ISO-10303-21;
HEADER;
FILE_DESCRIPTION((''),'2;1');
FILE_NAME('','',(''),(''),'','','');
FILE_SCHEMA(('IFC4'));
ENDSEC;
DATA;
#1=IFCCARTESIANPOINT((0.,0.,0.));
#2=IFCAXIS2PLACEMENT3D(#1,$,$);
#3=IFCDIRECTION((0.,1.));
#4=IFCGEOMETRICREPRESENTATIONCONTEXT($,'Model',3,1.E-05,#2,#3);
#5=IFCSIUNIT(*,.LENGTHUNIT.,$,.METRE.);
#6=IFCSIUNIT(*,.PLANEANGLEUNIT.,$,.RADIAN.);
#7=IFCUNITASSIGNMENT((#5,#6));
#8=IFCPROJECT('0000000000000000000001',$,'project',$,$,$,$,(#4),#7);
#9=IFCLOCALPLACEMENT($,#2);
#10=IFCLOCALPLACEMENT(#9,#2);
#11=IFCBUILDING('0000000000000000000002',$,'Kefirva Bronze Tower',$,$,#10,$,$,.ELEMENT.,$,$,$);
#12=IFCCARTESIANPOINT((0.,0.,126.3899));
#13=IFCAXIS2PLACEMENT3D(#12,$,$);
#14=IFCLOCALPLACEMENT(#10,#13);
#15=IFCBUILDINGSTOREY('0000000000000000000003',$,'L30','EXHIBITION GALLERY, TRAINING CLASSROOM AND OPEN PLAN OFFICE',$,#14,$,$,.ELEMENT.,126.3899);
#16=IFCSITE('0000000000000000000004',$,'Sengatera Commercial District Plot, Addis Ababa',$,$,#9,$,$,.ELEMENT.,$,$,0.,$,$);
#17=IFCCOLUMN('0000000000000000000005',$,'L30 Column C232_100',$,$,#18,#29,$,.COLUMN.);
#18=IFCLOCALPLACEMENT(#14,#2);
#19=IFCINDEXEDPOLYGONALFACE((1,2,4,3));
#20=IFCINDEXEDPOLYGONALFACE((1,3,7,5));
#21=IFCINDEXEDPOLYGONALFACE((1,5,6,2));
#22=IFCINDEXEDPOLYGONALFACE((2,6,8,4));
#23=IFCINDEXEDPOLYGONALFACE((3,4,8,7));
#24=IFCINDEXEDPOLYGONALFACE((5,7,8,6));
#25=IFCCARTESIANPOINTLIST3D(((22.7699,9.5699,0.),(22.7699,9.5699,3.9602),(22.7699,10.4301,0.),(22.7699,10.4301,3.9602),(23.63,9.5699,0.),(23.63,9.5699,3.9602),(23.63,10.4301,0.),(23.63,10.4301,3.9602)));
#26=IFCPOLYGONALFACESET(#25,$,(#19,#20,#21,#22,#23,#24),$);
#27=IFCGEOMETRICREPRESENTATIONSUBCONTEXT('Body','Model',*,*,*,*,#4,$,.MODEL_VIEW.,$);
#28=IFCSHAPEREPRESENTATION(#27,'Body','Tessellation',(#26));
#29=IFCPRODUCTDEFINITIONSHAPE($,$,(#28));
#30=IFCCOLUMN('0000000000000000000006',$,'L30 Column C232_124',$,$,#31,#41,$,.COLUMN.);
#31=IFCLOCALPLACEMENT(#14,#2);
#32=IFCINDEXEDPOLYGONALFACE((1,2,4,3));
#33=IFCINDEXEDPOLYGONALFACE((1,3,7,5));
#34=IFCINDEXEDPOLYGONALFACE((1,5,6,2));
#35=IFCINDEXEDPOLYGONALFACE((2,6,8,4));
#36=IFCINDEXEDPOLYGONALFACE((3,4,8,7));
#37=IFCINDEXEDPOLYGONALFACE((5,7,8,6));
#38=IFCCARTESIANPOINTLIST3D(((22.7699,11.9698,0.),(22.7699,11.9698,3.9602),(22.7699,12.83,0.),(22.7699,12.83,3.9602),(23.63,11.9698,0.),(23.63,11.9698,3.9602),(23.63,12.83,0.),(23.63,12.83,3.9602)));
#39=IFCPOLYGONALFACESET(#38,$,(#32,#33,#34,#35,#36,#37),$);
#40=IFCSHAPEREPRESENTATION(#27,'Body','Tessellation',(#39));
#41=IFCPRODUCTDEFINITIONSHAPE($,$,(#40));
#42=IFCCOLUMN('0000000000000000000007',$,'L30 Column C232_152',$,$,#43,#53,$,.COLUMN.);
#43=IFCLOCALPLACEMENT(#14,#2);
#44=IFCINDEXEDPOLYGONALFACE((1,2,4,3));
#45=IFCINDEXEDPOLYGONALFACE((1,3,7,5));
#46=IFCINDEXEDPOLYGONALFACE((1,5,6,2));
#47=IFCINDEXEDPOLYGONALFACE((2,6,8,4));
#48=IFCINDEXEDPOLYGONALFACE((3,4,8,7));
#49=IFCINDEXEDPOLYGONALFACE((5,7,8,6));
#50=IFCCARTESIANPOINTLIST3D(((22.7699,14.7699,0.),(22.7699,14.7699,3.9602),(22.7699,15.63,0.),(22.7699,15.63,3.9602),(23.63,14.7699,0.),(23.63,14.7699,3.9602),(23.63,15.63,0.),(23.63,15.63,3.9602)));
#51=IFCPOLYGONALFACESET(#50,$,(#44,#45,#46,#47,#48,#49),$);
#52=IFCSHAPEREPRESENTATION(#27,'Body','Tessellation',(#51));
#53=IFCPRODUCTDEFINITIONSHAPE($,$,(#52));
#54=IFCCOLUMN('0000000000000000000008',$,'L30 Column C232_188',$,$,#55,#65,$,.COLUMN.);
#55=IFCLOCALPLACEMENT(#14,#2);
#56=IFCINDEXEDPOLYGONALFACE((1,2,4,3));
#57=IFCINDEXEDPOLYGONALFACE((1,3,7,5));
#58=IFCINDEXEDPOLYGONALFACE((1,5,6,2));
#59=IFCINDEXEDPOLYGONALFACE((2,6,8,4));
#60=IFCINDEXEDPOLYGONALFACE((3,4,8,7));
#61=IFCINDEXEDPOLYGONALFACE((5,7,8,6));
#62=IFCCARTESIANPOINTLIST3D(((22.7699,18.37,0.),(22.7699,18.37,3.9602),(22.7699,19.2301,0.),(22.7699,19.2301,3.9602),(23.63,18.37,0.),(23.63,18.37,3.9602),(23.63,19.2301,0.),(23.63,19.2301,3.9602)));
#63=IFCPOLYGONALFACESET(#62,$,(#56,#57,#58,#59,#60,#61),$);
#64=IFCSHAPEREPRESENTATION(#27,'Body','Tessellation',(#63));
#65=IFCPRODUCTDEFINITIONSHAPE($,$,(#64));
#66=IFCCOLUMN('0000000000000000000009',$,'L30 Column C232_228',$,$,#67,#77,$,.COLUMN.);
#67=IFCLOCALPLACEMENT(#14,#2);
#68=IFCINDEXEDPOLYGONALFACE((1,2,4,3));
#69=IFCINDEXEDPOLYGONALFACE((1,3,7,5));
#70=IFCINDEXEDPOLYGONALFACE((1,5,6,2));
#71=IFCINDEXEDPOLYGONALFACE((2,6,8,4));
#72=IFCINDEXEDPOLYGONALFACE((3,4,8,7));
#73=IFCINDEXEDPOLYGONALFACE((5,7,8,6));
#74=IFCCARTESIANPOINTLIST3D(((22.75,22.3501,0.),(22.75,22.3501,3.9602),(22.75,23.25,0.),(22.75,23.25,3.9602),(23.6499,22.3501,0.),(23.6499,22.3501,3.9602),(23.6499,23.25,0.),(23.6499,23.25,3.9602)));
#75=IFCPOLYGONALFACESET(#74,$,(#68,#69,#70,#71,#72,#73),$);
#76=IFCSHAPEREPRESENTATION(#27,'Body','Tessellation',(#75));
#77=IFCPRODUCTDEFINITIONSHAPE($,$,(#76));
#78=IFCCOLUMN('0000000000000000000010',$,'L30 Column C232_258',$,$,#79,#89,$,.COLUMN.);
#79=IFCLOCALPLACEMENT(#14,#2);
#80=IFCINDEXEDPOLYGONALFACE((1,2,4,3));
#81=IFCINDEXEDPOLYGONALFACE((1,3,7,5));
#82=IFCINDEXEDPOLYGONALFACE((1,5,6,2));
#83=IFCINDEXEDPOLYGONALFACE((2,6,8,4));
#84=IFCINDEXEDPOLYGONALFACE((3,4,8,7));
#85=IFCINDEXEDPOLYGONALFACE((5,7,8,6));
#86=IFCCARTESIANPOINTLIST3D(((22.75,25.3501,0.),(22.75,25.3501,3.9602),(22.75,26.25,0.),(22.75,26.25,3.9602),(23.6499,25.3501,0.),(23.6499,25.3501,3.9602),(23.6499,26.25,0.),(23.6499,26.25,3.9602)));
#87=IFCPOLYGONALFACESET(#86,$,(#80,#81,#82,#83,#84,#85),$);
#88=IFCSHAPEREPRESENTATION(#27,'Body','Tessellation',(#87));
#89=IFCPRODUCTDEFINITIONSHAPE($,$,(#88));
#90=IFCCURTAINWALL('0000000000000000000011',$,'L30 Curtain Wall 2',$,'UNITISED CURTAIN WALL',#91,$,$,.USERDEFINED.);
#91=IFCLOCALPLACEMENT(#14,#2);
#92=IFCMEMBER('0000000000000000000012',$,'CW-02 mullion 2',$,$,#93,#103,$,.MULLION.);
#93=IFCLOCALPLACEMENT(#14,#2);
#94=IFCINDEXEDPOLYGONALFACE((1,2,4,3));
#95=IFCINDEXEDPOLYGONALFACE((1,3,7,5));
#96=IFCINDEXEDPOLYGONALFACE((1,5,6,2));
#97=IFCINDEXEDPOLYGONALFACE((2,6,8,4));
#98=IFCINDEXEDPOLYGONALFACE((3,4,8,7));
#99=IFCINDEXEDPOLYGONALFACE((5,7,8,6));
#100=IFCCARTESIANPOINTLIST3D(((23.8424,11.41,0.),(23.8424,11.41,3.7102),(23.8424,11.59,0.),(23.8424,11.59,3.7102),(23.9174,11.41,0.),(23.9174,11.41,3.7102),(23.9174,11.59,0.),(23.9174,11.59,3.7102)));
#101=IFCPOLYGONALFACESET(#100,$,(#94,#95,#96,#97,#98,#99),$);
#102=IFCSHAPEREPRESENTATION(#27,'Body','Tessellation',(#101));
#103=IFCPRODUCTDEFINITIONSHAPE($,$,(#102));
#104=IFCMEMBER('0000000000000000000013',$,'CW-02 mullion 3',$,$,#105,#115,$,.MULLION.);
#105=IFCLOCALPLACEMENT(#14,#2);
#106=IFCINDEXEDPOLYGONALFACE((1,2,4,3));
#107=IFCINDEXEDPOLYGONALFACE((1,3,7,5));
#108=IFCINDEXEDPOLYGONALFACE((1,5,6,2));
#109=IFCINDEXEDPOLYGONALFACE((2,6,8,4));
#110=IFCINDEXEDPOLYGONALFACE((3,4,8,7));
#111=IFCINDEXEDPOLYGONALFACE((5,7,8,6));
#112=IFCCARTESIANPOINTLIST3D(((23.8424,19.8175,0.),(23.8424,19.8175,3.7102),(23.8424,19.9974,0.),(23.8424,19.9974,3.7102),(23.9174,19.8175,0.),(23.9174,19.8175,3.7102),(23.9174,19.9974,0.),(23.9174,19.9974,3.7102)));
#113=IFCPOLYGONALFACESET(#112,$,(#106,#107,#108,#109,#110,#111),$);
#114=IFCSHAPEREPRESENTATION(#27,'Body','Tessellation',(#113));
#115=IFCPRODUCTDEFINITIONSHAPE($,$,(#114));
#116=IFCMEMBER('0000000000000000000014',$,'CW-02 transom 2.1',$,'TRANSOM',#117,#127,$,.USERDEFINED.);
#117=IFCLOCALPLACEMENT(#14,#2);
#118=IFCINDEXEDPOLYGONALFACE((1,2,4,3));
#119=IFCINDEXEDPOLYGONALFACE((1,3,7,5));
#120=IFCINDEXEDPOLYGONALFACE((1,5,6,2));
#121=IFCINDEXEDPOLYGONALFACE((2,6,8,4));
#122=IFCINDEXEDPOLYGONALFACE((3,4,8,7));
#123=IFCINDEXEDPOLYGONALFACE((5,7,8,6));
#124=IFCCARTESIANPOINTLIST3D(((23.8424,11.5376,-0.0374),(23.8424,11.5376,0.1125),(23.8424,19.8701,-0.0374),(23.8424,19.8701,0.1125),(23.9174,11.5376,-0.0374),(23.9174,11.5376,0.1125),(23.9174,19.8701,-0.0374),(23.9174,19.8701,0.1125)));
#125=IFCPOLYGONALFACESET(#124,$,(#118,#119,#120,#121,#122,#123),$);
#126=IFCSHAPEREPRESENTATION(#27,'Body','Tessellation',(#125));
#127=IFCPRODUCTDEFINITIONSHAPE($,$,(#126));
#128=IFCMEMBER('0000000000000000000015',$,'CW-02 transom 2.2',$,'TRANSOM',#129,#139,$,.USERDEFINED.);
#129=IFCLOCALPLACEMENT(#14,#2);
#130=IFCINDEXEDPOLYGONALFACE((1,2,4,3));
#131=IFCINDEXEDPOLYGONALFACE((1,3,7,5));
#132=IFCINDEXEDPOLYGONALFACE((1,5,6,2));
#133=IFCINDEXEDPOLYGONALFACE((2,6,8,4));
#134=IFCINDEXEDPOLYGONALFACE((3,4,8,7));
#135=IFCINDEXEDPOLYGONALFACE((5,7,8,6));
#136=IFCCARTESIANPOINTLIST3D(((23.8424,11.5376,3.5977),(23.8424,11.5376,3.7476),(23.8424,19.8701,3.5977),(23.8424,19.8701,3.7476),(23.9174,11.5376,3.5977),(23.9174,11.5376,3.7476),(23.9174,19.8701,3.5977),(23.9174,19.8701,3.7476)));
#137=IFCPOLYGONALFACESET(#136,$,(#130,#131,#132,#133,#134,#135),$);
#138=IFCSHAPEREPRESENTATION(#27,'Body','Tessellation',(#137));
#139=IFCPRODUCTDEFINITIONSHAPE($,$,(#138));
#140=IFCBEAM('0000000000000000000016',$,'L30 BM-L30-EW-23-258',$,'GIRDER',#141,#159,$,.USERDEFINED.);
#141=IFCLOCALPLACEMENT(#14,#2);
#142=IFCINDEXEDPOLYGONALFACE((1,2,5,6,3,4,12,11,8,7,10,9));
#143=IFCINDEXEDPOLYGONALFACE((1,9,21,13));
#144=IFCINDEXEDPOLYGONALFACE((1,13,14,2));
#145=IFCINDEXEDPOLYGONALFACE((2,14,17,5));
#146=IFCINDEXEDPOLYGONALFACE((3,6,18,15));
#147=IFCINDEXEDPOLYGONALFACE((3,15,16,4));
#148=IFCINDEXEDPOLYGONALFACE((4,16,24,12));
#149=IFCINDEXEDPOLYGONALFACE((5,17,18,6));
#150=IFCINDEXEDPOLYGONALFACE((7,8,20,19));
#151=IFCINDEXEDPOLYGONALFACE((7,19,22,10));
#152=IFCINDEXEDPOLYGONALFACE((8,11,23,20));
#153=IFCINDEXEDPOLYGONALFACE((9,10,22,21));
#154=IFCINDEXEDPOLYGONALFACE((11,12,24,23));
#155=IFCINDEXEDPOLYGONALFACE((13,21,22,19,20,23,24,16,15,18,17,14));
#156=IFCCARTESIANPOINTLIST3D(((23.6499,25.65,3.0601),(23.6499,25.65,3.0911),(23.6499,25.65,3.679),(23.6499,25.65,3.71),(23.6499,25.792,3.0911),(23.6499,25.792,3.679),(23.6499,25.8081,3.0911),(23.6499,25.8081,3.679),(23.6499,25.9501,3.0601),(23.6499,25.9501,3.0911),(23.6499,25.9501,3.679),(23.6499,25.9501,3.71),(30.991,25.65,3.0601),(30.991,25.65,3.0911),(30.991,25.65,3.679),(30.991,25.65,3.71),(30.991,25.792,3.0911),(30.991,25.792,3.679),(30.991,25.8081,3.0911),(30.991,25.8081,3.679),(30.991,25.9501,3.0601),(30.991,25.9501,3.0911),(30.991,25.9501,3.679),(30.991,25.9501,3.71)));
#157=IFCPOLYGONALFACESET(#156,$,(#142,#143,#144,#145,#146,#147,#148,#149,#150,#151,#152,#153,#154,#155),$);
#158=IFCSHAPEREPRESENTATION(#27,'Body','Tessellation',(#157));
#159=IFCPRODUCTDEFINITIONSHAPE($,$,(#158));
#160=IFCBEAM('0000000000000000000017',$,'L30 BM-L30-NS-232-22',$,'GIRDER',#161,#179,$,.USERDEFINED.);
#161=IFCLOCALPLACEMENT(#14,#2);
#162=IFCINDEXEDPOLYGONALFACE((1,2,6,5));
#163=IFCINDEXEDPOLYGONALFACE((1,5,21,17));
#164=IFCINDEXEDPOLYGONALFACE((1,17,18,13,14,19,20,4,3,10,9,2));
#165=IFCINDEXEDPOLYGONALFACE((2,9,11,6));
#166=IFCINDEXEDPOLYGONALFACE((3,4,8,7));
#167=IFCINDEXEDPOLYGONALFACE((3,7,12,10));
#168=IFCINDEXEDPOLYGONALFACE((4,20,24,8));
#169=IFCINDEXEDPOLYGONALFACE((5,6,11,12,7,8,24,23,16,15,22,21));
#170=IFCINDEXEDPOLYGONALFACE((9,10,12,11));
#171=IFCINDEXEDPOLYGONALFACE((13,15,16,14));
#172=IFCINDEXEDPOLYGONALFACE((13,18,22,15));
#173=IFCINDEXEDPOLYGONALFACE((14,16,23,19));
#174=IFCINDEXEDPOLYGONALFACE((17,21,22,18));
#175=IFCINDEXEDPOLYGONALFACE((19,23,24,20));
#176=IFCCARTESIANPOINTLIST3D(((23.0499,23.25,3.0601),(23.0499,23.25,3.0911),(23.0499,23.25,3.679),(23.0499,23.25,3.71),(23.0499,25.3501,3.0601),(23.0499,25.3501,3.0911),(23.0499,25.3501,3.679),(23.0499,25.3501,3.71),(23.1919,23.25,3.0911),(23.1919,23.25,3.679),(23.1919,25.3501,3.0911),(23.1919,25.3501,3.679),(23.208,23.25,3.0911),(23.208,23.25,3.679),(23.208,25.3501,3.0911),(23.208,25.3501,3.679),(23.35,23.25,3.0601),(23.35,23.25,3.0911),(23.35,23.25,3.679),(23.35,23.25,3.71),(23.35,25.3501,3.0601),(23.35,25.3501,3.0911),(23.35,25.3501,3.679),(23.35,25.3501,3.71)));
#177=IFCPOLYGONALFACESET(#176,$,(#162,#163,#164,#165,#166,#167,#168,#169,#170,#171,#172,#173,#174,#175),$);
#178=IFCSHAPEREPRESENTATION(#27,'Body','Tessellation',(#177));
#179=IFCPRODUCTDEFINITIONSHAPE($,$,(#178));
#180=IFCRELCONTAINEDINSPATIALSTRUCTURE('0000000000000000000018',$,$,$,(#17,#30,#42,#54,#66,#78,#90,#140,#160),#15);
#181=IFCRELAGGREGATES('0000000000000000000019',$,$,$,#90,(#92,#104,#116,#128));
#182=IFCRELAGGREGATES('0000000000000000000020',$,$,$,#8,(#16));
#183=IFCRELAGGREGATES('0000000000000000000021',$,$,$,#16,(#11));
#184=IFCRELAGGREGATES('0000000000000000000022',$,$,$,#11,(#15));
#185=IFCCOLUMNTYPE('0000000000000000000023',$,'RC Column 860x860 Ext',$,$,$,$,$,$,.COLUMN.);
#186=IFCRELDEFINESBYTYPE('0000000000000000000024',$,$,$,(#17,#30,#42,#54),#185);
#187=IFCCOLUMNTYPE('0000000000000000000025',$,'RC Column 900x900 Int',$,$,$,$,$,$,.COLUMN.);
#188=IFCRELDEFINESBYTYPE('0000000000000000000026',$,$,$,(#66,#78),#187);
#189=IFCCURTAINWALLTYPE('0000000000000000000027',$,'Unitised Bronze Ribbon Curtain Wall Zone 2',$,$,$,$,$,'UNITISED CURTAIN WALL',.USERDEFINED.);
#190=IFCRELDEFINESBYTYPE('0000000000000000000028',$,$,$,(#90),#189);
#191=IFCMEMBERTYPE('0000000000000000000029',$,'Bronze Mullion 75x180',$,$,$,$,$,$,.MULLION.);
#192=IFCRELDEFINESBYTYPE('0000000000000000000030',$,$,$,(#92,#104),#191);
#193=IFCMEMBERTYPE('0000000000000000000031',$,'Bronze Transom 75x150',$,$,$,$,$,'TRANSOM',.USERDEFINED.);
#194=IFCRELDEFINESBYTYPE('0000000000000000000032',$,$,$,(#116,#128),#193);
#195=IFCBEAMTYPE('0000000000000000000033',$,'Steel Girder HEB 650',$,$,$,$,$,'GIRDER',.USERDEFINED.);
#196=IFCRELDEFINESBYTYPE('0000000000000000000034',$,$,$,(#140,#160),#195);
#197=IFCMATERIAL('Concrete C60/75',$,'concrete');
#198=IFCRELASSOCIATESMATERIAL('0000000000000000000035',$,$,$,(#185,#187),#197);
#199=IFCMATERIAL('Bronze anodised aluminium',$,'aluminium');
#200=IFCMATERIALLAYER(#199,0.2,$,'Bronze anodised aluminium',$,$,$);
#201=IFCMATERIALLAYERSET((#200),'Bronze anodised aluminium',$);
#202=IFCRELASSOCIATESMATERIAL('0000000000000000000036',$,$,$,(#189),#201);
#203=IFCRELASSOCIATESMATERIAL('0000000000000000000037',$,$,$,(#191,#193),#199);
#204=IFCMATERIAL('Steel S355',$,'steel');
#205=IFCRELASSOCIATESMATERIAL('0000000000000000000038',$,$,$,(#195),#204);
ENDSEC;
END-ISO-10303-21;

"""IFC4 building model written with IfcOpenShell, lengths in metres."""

from ifc_helpers import new_model, si_unit, direction, frame, origin, origin_2d, place, context, subcontext, project, spatial, rectangle, i_section, extrude, material, layer, layer_set, material_profile, profile_set, type_object, element, aggregate, save


model = new_model("IFC4")

# Units and contexts
model_context = context("Model", 3, precision=1e-05, world=origin(), true_north=direction((0.0, 1.0)))
body_context = subcontext(model_context, "Body", "Model", "MODEL_VIEW")
ifc_project = project(units=[si_unit("LENGTHUNIT", "METRE"), si_unit("PLANEANGLEUNIT", "RADIAN")], contexts=[model_context])

# Site, building, storey
site_placement = place(None, origin())
site = spatial("IfcSite", under=ifc_project, at=site_placement, Name="Sengatera Commercial District Plot, Addis Ababa", CompositionType="ELEMENT", RefElevation=0.0)
building_placement = place(site_placement, origin())
building = spatial("IfcBuilding", under=site, at=building_placement, Name="Kefirva Bronze Tower", CompositionType="ELEMENT")
storey_placement = place(building_placement, frame((0.0, 0.0, 126.3899)))
storey = spatial("IfcBuildingStorey", under=building, at=storey_placement, Name="L30", Description="EXHIBITION GALLERY, TRAINING CLASSROOM AND OPEN PLAN OFFICE", CompositionType="ELEMENT", Elevation=126.3899)

# Columns
ifc_material_1 = material(Name="Concrete C60/75", Category="concrete")
ifc_material_profile_1 = material_profile(ifc_material_1, rectangle(XDim=0.8601, YDim=0.8601, at=origin_2d()), Name="RC 860x860")
ifc_profile_set_1 = profile_set([ifc_material_profile_1], Name="Concrete C60/75")
column_type_1 = type_object("IfcColumnType", Name="RC Column 860x860 Ext", PredefinedType="COLUMN", material=ifc_profile_set_1)
for number, where, z_axis, x_axis, name in (
    (1, (23.2, 10.0, 0.0), (0.0, 0.0, 1.0), (1.0, 0.0, 0.0), "L30 Column C232_100"),
    (2, (23.2, 12.3999, 0.0), (0.0, 0.0, 1.0), (1.0, 0.0, 0.0), "L30 Column C232_124"),
    (3, (23.2, 15.2, 0.0), (0.0, 0.0, 1.0), (1.0, 0.0, 0.0), "L30 Column C232_152"),
    (4, (23.2, 18.8, 0.0), (0.0, 0.0, 1.0), (1.0, 0.0, 0.0), "L30 Column C232_188"),
):
    element("IfcColumn", number, at=place(storey_placement, frame(where, z_axis=z_axis, x_axis=x_axis)), inside=storey, type_object=column_type_1, Name=name, PredefinedType="COLUMN", context=body_context, shape_type="SweptSolid", body=[
        extrude(rectangle(XDim=0.8601, YDim=0.8601, at=origin_2d()), origin(), (0.0, 0.0, 1.0), 3.9602),
    ])
ifc_material_profile_2 = material_profile(ifc_material_1, rectangle(XDim=0.8999, YDim=0.8999, at=origin_2d()), Name="RC 900x900")
ifc_profile_set_2 = profile_set([ifc_material_profile_2], Name="Concrete C60/75")
column_type_2 = type_object("IfcColumnType", Name="RC Column 900x900 Int", PredefinedType="COLUMN", material=ifc_profile_set_2)
for number, where, z_axis, x_axis, name in (
    (5, (23.2, 22.8, 0.0), (0.0, 0.0, 1.0), (1.0, 0.0, 0.0), "L30 Column C232_228"),
    (6, (23.2, 25.8, 0.0), (0.0, 0.0, 1.0), (1.0, 0.0, 0.0), "L30 Column C232_258"),
):
    element("IfcColumn", number, at=place(storey_placement, frame(where, z_axis=z_axis, x_axis=x_axis)), inside=storey, type_object=column_type_2, Name=name, PredefinedType="COLUMN", context=body_context, shape_type="SweptSolid", body=[
        extrude(rectangle(XDim=0.8999, YDim=0.8999, at=origin_2d()), origin(), (0.0, 0.0, 1.0), 3.9602),
    ])

# Curtain wall, members
ifc_material_2 = material(Name="Bronze anodised aluminium", Category="aluminium")
ifc_layer_1 = layer(ifc_material_2, 0.2, Name="Bronze anodised aluminium")
ifc_layer_set_1 = layer_set([ifc_layer_1], Name="Bronze anodised aluminium")
curtain_wall_type = type_object("IfcCurtainWallType", Name="Unitised Bronze Ribbon Curtain Wall Zone 2", ElementType="UNITISED CURTAIN WALL", PredefinedType="USERDEFINED", material=ifc_layer_set_1)
curtain_wall_placement = place(storey_placement, origin())
curtain_wall = element("IfcCurtainWall", 7, at=curtain_wall_placement, inside=storey, type_object=curtain_wall_type, Name="L30 Curtain Wall 2", ObjectType="UNITISED CURTAIN WALL", PredefinedType="USERDEFINED")
ifc_material_profile_3 = material_profile(ifc_material_2, rectangle(XDim=0.075, YDim=0.1799, at=origin_2d()), Name="ALU 75x180")
ifc_profile_set_3 = profile_set([ifc_material_profile_3], Name="Bronze anodised aluminium")
member_type_1 = type_object("IfcMemberType", Name="Bronze Mullion 75x180", PredefinedType="MULLION", material=ifc_profile_set_3)
member_1_placement = place(storey_placement, frame((23.8799, 11.5, 0.0), z_axis=(0.0, 0.0, 1.0), x_axis=(-1.0, 0.0, 0.0)))
member_1 = element("IfcMember", 8, at=member_1_placement, type_object=member_type_1, Name="CW-02 mullion 2", PredefinedType="MULLION", context=body_context, shape_type="SweptSolid", body=[
    extrude(rectangle(XDim=0.075, YDim=0.1799, at=origin_2d()), origin(), (0.0, 0.0, 1.0), 3.7102),
])
member_2_placement = place(storey_placement, frame((23.8799, 19.9075, 0.0), z_axis=(0.0, 0.0, 1.0), x_axis=(-1.0, 0.0, 0.0)))
member_2 = element("IfcMember", 9, at=member_2_placement, type_object=member_type_1, Name="CW-02 mullion 3", PredefinedType="MULLION", context=body_context, shape_type="SweptSolid", body=[
    extrude(rectangle(XDim=0.075, YDim=0.1799, at=origin_2d()), origin(), (0.0, 0.0, 1.0), 3.7102),
])
ifc_material_profile_4 = material_profile(ifc_material_2, rectangle(XDim=0.075, YDim=0.1499, at=origin_2d()), Name="ALU 75x150")
ifc_profile_set_4 = profile_set([ifc_material_profile_4], Name="Bronze anodised aluminium")
member_type_2 = type_object("IfcMemberType", Name="Bronze Transom 75x150", ElementType="TRANSOM", PredefinedType="USERDEFINED", material=ifc_profile_set_4)
member_3_placement = place(storey_placement, frame((23.8799, 11.5376, 0.0376), z_axis=(0.0, 1.0, 0.0), x_axis=(-1.0, 0.0, 0.0)))
member_3 = element("IfcMember", 10, at=member_3_placement, type_object=member_type_2, Name="CW-02 transom 2.1", ObjectType="TRANSOM", PredefinedType="USERDEFINED", context=body_context, shape_type="SweptSolid", body=[
    extrude(rectangle(XDim=0.075, YDim=0.1499, at=origin_2d()), origin(), (0.0, 0.0, 1.0), 8.3325),
])
member_4_placement = place(storey_placement, frame((23.8799, 11.5376, 3.6726), z_axis=(0.0, 1.0, 0.0), x_axis=(-1.0, 0.0, 0.0)))
member_4 = element("IfcMember", 11, at=member_4_placement, type_object=member_type_2, Name="CW-02 transom 2.2", ObjectType="TRANSOM", PredefinedType="USERDEFINED", context=body_context, shape_type="SweptSolid", body=[
    extrude(rectangle(XDim=0.075, YDim=0.1499, at=origin_2d()), origin(), (0.0, 0.0, 1.0), 8.3325),
])

# Beams
ifc_material_3 = material(Name="Steel S355", Category="steel")
ifc_material_profile_5 = material_profile(ifc_material_3, i_section(OverallWidth=0.3, OverallDepth=0.6499, WebThickness=0.0161, FlangeThickness=0.031, at=origin_2d()), Name="HEB 650")
ifc_profile_set_5 = profile_set([ifc_material_profile_5], Name="Steel S355")
beam_type_1 = type_object("IfcBeamType", Name="Steel Girder HEB 650", ElementType="GIRDER", PredefinedType="USERDEFINED", material=ifc_profile_set_5)
beam_1_placement = place(storey_placement, frame((23.6499, 25.8, 3.385), z_axis=(1.0, 0.0, 0.0), x_axis=(0.0, 1.0, 0.0)))
element("IfcBeam", 12, at=beam_1_placement, inside=storey, type_object=beam_type_1, Name="L30 BM-L30-EW-23-258", ObjectType="GIRDER", PredefinedType="USERDEFINED", context=body_context, shape_type="SweptSolid", body=[
    extrude(i_section(OverallWidth=0.3, OverallDepth=0.6499, WebThickness=0.0161, FlangeThickness=0.031, at=origin_2d()), origin(), (0.0, 0.0, 1.0), 7.3411),
])
beam_2_placement = place(storey_placement, frame((23.2, 23.25, 3.385), z_axis=(0.0, 1.0, 0.0), x_axis=(-1.0, 0.0, 0.0)))
element("IfcBeam", 13, at=beam_2_placement, inside=storey, type_object=beam_type_1, Name="L30 BM-L30-NS-232-22", ObjectType="GIRDER", PredefinedType="USERDEFINED", context=body_context, shape_type="SweptSolid", body=[
    extrude(i_section(OverallWidth=0.3, OverallDepth=0.6499, WebThickness=0.0161, FlangeThickness=0.031, at=origin_2d()), origin(), (0.0, 0.0, 1.0), 2.1001),
])

aggregate(curtain_wall, [member_1, member_2, member_3, member_4])

save(model, "model.ifc")
